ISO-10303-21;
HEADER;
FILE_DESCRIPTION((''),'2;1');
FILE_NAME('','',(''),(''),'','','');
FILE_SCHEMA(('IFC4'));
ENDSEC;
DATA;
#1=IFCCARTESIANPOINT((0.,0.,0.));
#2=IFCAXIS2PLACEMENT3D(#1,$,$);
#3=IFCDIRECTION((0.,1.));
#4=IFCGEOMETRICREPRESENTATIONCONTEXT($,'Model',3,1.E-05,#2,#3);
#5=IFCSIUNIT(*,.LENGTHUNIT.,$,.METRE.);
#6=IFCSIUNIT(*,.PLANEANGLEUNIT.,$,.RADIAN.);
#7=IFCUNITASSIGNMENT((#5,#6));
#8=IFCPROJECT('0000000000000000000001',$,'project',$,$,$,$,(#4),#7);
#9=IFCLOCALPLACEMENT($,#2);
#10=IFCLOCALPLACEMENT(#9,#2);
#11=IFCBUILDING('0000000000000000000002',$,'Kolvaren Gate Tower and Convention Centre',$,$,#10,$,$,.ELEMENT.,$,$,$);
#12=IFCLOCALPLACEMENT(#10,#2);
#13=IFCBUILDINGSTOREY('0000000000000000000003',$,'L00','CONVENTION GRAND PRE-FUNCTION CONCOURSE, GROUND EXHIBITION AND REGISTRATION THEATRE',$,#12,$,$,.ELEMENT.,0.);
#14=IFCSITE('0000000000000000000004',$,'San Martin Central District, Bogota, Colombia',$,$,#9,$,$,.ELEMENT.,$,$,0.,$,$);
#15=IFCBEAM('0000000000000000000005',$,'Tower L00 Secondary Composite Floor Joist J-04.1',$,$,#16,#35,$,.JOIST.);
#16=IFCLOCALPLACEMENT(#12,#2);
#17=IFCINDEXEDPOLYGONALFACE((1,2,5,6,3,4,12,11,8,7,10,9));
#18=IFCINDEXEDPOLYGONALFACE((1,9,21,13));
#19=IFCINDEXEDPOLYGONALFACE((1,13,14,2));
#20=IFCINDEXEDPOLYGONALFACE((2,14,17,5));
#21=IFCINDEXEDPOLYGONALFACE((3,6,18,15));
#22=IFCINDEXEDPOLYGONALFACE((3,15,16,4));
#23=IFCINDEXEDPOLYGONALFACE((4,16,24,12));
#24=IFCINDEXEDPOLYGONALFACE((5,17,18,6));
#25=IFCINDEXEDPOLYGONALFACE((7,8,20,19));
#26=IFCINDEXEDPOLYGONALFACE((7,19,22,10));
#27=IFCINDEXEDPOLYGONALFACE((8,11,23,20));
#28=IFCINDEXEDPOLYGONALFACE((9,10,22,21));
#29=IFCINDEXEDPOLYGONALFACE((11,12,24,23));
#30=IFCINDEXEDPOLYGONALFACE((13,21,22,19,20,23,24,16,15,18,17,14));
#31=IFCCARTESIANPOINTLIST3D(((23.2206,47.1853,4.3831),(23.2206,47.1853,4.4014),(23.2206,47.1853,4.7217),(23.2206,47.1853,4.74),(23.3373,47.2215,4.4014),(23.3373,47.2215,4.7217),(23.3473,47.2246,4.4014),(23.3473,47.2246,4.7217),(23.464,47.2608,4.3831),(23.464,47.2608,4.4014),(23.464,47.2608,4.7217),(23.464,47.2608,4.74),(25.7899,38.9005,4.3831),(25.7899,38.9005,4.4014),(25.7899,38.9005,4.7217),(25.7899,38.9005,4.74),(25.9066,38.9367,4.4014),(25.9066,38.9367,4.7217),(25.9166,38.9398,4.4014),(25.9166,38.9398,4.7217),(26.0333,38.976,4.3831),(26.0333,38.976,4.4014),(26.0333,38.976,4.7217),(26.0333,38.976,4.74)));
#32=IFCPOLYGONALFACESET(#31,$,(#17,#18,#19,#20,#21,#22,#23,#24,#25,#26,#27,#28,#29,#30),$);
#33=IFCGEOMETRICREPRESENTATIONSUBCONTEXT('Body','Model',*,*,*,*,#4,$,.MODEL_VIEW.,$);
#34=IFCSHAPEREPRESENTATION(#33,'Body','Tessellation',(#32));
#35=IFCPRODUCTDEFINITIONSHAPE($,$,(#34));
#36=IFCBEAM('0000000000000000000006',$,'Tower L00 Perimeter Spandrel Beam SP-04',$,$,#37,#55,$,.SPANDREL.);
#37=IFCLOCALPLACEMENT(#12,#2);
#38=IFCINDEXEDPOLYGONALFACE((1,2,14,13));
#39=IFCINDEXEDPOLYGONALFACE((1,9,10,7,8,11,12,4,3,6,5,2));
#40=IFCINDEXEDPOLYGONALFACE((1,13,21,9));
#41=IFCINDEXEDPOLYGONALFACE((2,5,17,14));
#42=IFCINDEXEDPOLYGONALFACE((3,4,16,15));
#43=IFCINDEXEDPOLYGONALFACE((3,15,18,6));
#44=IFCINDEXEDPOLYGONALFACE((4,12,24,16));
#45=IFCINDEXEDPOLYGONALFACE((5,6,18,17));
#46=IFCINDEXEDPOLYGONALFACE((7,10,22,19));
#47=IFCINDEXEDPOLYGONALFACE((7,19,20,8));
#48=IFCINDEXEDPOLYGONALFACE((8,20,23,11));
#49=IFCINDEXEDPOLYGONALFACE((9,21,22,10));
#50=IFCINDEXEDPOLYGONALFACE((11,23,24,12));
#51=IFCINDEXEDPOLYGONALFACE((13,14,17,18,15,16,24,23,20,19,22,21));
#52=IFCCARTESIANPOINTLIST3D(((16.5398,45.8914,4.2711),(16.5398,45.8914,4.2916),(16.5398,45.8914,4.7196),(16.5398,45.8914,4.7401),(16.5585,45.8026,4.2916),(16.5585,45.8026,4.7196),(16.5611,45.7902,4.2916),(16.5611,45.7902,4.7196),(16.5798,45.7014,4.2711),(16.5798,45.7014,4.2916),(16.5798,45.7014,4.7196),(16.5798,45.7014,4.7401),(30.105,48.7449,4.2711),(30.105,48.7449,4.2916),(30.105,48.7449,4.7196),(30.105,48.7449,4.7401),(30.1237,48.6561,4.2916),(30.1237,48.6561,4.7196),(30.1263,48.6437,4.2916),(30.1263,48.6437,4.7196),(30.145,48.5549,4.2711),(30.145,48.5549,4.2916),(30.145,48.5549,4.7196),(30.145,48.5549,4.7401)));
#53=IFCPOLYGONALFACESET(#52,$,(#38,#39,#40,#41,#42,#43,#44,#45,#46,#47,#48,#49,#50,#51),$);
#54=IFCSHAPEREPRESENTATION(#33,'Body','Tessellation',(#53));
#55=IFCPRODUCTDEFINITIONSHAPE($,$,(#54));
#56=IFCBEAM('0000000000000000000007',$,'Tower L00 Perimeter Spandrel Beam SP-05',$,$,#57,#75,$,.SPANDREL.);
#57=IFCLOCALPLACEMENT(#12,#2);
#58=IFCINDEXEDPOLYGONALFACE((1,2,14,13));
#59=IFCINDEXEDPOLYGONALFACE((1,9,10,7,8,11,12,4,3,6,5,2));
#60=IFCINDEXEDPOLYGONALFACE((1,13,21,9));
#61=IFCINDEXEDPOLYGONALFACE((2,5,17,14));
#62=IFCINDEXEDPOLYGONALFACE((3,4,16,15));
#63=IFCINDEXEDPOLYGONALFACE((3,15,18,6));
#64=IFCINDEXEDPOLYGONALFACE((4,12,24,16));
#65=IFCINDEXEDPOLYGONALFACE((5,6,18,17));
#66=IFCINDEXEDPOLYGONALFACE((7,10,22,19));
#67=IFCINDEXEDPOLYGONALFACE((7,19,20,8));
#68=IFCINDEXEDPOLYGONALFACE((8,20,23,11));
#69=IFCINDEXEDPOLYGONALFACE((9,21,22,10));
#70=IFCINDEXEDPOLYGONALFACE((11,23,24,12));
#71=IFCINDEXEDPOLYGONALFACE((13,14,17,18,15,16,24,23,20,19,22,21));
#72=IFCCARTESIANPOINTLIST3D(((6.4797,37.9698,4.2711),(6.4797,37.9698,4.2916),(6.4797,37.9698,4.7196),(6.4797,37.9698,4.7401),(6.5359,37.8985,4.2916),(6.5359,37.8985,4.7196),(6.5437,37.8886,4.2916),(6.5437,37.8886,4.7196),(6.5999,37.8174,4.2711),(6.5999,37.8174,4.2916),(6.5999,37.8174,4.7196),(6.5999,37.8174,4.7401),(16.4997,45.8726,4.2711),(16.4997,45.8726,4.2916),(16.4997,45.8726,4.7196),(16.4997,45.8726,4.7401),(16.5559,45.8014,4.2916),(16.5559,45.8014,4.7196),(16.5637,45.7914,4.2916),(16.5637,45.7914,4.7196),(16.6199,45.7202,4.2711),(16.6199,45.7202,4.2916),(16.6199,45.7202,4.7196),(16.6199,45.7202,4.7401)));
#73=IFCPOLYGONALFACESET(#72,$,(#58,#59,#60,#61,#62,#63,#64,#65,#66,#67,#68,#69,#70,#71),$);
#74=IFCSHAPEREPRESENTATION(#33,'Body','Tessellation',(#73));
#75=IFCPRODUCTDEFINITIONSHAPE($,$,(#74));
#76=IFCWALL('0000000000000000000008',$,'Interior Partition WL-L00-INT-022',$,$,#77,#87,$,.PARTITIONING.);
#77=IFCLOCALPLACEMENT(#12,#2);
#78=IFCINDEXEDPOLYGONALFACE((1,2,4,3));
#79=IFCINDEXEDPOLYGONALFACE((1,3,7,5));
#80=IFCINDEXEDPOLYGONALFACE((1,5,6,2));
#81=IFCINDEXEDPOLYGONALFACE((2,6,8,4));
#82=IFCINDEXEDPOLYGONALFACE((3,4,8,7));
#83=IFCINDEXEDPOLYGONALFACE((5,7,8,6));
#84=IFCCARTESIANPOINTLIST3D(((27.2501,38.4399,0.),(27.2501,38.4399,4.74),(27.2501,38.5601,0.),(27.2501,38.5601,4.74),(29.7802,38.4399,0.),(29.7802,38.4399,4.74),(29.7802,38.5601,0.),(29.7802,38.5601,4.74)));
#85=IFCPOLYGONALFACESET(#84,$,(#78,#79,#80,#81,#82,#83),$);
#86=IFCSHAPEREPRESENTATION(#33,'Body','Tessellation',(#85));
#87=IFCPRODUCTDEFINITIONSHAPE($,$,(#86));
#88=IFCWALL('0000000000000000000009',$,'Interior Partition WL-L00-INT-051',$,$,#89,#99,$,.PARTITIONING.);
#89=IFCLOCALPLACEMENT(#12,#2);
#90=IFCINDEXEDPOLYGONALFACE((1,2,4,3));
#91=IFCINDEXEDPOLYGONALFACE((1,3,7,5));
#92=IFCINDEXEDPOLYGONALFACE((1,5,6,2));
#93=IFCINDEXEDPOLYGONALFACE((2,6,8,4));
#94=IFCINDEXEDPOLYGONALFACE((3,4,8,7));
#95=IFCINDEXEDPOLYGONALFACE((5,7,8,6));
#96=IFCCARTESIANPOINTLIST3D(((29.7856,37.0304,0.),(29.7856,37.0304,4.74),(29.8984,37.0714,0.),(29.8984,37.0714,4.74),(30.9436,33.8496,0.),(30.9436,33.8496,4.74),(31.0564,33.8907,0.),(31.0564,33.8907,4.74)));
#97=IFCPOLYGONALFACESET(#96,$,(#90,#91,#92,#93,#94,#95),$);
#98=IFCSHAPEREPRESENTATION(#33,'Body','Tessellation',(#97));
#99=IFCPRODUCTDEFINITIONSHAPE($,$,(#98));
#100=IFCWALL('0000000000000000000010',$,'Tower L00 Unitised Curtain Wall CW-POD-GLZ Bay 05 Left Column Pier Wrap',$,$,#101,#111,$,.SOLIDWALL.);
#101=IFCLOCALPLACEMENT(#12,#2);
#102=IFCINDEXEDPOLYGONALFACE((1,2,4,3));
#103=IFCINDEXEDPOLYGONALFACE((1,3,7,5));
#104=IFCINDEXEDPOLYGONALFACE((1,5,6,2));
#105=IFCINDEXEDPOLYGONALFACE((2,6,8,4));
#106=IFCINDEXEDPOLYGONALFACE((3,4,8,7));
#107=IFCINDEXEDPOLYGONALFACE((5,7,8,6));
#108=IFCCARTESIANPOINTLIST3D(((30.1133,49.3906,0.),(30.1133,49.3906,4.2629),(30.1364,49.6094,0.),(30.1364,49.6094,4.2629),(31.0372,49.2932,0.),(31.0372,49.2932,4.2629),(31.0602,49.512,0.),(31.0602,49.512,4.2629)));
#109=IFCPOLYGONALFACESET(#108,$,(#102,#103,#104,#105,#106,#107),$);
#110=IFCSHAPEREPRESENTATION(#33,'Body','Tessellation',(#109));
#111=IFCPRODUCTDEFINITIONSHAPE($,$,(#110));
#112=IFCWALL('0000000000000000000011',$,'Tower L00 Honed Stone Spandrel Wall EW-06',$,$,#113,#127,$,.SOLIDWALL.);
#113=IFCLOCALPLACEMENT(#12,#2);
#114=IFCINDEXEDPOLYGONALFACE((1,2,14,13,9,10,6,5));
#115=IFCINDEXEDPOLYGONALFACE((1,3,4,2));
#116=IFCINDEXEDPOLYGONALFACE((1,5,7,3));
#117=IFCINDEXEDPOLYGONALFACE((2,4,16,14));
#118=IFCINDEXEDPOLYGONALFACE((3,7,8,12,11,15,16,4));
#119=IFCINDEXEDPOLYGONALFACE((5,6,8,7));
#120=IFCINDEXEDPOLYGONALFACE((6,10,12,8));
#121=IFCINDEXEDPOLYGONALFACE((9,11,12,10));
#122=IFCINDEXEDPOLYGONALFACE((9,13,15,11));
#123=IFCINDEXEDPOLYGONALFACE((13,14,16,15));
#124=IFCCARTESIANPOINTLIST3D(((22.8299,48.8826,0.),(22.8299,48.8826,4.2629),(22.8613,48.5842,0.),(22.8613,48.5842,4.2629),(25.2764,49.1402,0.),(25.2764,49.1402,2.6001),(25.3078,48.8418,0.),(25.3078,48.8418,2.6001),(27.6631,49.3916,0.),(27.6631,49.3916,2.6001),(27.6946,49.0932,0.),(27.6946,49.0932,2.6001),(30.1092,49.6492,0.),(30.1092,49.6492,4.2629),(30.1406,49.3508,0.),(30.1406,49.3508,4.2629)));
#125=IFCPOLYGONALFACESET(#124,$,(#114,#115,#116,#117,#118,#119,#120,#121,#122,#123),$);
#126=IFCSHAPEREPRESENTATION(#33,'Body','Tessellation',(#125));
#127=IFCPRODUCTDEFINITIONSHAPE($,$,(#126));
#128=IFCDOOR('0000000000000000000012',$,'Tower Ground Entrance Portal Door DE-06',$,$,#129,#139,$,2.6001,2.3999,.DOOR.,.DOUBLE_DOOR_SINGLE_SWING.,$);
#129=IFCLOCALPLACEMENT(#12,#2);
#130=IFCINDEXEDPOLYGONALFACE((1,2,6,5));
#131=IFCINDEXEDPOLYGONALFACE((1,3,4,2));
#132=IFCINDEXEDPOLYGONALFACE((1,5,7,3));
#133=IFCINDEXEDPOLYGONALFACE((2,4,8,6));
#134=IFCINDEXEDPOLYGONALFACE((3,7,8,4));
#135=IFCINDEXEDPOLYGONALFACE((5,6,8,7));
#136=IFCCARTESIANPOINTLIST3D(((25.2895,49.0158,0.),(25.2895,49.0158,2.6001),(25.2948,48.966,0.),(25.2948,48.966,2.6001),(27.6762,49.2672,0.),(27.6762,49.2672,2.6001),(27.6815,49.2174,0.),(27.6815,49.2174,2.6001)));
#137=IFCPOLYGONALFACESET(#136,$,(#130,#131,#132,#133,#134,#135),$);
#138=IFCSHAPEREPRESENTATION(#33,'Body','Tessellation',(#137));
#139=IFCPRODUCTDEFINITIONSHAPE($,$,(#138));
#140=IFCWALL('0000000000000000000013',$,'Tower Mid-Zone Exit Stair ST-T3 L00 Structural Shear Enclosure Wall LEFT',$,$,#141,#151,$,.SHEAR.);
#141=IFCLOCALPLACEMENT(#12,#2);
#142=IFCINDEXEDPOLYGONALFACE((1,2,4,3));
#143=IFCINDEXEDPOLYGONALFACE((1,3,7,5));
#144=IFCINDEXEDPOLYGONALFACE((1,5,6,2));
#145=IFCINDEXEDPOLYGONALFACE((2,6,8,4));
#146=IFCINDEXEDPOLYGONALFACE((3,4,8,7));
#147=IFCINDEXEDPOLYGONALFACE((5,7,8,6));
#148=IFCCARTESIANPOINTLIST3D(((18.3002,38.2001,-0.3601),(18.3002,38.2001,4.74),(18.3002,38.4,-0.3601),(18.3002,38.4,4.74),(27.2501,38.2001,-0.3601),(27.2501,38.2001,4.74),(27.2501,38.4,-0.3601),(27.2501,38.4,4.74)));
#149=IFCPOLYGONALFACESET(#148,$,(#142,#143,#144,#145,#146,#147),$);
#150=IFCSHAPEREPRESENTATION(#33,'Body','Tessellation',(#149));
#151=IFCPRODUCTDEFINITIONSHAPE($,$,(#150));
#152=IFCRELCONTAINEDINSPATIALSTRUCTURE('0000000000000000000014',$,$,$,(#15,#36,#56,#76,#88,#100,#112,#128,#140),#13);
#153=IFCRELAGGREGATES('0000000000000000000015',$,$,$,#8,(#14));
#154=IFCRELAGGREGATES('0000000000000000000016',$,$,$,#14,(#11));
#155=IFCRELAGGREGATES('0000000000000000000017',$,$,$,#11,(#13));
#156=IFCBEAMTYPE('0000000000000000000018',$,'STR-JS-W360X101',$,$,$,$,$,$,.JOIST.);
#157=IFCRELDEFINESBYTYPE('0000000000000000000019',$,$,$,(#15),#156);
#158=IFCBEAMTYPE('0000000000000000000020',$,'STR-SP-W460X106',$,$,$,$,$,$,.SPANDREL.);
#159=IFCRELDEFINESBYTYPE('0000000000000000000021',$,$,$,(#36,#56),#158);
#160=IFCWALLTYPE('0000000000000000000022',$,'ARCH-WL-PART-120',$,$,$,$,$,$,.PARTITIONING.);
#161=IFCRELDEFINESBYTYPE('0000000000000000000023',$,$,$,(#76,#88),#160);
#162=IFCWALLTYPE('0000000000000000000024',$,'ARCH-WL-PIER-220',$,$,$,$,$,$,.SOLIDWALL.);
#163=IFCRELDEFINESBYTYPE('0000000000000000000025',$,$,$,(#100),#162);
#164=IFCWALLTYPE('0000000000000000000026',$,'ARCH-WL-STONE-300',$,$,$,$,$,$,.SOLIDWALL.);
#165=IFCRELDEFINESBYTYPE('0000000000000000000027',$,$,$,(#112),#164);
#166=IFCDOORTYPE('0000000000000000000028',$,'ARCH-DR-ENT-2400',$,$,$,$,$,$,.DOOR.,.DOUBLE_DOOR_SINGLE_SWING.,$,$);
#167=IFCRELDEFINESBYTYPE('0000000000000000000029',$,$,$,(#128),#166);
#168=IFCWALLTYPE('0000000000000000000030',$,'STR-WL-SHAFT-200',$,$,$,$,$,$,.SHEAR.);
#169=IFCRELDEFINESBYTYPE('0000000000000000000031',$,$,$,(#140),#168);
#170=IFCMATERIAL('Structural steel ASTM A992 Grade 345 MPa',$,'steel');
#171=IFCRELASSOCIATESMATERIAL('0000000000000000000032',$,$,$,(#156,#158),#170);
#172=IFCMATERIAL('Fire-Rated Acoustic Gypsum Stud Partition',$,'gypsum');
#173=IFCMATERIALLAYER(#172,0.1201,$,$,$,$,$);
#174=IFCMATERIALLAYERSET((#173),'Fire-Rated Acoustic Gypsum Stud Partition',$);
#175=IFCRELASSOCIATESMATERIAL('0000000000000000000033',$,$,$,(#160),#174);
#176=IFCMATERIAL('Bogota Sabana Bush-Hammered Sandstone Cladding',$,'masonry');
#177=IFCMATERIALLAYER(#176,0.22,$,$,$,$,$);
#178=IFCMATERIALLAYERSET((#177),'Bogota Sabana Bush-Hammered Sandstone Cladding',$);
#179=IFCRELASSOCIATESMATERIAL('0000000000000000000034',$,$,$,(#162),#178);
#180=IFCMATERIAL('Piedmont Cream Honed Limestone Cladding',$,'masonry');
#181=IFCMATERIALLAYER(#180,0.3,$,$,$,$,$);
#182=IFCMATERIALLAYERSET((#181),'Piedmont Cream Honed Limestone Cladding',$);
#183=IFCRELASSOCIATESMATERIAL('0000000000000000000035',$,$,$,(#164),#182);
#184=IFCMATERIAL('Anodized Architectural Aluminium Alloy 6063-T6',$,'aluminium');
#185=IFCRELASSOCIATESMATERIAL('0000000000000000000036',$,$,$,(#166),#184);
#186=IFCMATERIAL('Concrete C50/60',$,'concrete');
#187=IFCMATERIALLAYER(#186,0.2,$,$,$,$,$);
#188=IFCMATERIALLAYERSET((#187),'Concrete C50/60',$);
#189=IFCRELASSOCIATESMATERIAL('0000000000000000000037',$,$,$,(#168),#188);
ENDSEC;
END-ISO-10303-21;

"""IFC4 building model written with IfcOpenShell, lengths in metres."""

from ifc_helpers import new_model, si_unit, direction, frame, frame_2d, origin, origin_2d, place, context, subcontext, project, spatial, rectangle, i_section, extrude, material, layer, layer_set, material_profile, profile_set, type_object, element, fill, save


model = new_model("IFC4")

# Units and contexts
model_context = context("Model", 3, precision=1e-05, world=origin(), true_north=direction((0.0, 1.0)))
body_context = subcontext(model_context, "Body", "Model", "MODEL_VIEW")
ifc_project = project(units=[si_unit("LENGTHUNIT", "METRE"), si_unit("PLANEANGLEUNIT", "RADIAN")], contexts=[model_context])

# Site, building, storey
site_placement = place(None, origin())
site = spatial("IfcSite", under=ifc_project, at=site_placement, Name="San Martin Central District, Bogota, Colombia", CompositionType="ELEMENT", RefElevation=0.0)
building_placement = place(site_placement, origin())
building = spatial("IfcBuilding", under=site, at=building_placement, Name="Kolvaren Gate Tower and Convention Centre", CompositionType="ELEMENT")
storey_placement = place(building_placement, origin())
storey = spatial("IfcBuildingStorey", under=building, at=storey_placement, Name="L00", Description="CONVENTION GRAND PRE-FUNCTION CONCOURSE, GROUND EXHIBITION AND REGISTRATION THEATRE", CompositionType="ELEMENT", Elevation=0.0)

# Shared definitions
ifc_material_1 = material(Name="Anodized Architectural Aluminium Alloy 6063-T6", Category="aluminium")

# Beams
ifc_material_2 = material(Name="Structural steel ASTM A992 Grade 345 MPa", Category="steel")
ifc_material_profile_1 = material_profile(ifc_material_2, i_section(OverallWidth=0.2549, OverallDepth=0.3569, WebThickness=0.0105, FlangeThickness=0.0183, at=origin_2d()), Name="W360X101")
ifc_profile_set_1 = profile_set([ifc_material_profile_1], Name="Structural steel ASTM A992 Grade 345 MPa")
beam_type_1 = type_object("IfcBeamType", Name="STR-JS-W360X101", PredefinedType="JOIST", material=ifc_profile_set_1)
beam_1_placement = place(storey_placement, frame((25.9116, 38.9382, 4.5615), z_axis=(-0.296205, 0.955124, 0.0), x_axis=(-0.955124, -0.296205, 0.0)))
element("IfcBeam", 1, at=beam_1_placement, inside=storey, type_object=beam_type_1, Name="Tower L00 Secondary Composite Floor Joist J-04.1", PredefinedType="JOIST", context=body_context, shape_type="SweptSolid", body=[
    extrude(i_section(OverallWidth=0.2549, OverallDepth=0.3569, WebThickness=0.0105, FlangeThickness=0.0183, at=origin_2d()), origin(), (0.0, 0.0, 1.0), 8.6741),
])
ifc_material_profile_2 = material_profile(ifc_material_2, i_section(OverallWidth=0.1941, OverallDepth=0.469, WebThickness=0.0127, FlangeThickness=0.0205, at=origin_2d()), Name="W460X106")
ifc_profile_set_2 = profile_set([ifc_material_profile_2], Name="Structural steel ASTM A992 Grade 345 MPa")
beam_type_2 = type_object("IfcBeamType", Name="STR-SP-W460X106", PredefinedType="SPANDREL", material=ifc_profile_set_2)
beam_2_placement = place(storey_placement, frame((30.125, 48.6499, 4.5056), z_axis=(-0.978583, -0.205851, 0.0), x_axis=(0.205851, -0.978583, 0.0)))
element("IfcBeam", 2, at=beam_2_placement, inside=storey, type_object=beam_type_2, Name="Tower L00 Perimeter Spandrel Beam SP-04", PredefinedType="SPANDREL", context=body_context, shape_type="SweptSolid", body=[
    extrude(i_section(OverallWidth=0.1941, OverallDepth=0.469, WebThickness=0.0127, FlangeThickness=0.0205, at=origin_2d()), origin(), (0.0, 0.0, 1.0), 13.8621),
])
beam_3_placement = place(storey_placement, frame((16.5598, 45.7964, 4.5056), z_axis=(-0.785176, -0.619272, 0.0), x_axis=(0.619272, -0.785176, 0.0)))
element("IfcBeam", 3, at=beam_3_placement, inside=storey, type_object=beam_type_2, Name="Tower L00 Perimeter Spandrel Beam SP-05", PredefinedType="SPANDREL", context=body_context, shape_type="SweptSolid", body=[
    extrude(i_section(OverallWidth=0.1941, OverallDepth=0.469, WebThickness=0.0127, FlangeThickness=0.0205, at=origin_2d()), origin(), (0.0, 0.0, 1.0), 12.7615),
])

# Walls
ifc_material_3 = material(Name="Fire-Rated Acoustic Gypsum Stud Partition", Category="gypsum")
ifc_layer_1 = layer(ifc_material_3, 0.1201)
ifc_layer_set_1 = layer_set([ifc_layer_1], Name="Fire-Rated Acoustic Gypsum Stud Partition")
wall_type_1 = type_object("IfcWallType", Name="ARCH-WL-PART-120", PredefinedType="PARTITIONING", material=ifc_layer_set_1)
wall_1_placement = place(storey_placement, frame((27.25, 38.5, 0.0), z_axis=(0.0, 0.0, 1.0), x_axis=(1.0, 0.0, 0.0)))
element("IfcWall", 4, at=wall_1_placement, inside=storey, type_object=wall_type_1, Name="Interior Partition WL-L00-INT-022", PredefinedType="PARTITIONING", context=body_context, shape_type="SweptSolid", body=[
    extrude(rectangle(XDim=2.53, YDim=0.1201, at=frame_2d((1.2651, 0.0))), origin(), (0.0, 0.0, 1.0), 4.74),
])
wall_2_placement = place(storey_placement, frame((29.842, 37.0508, 0.0), z_axis=(0.0, 0.0, 1.0), x_axis=(0.342096, -0.939665, 0.0)))
element("IfcWall", 5, at=wall_2_placement, inside=storey, type_object=wall_type_1, Name="Interior Partition WL-L00-INT-051", PredefinedType="PARTITIONING", context=body_context, shape_type="SweptSolid", body=[
    extrude(rectangle(XDim=3.385, YDim=0.1201, at=frame_2d((1.6924, 0.0))), origin(), (0.0, 0.0, 1.0), 4.74),
])
ifc_material_4 = material(Name="Bogota Sabana Bush-Hammered Sandstone Cladding", Category="masonry")
ifc_layer_2 = layer(ifc_material_4, 0.22)
ifc_layer_set_2 = layer_set([ifc_layer_2], Name="Bogota Sabana Bush-Hammered Sandstone Cladding")
wall_type_2 = type_object("IfcWallType", Name="ARCH-WL-PIER-220", PredefinedType="SOLIDWALL", material=ifc_layer_set_2)
wall_3_placement = place(storey_placement, frame((30.125, 49.5, 0.0), z_axis=(0.0, 0.0, 1.0), x_axis=(0.994487, -0.104863, 0.0)))
element("IfcWall", 6, at=wall_3_placement, inside=storey, type_object=wall_type_2, Name="Tower L00 Unitised Curtain Wall CW-POD-GLZ Bay 05 Left Column Pier Wrap", PredefinedType="SOLIDWALL", context=body_context, shape_type="SweptSolid", body=[
    extrude(rectangle(XDim=0.929, YDim=0.22, at=frame_2d((0.4644, 0.0))), origin(), (0.0, 0.0, 1.0), 4.2629),
])

# Wall, opening, door
ifc_material_5 = material(Name="Piedmont Cream Honed Limestone Cladding", Category="masonry")
ifc_layer_3 = layer(ifc_material_5, 0.3)
ifc_layer_set_3 = layer_set([ifc_layer_3], Name="Piedmont Cream Honed Limestone Cladding")
wall_type_3 = type_object("IfcWallType", Name="ARCH-WL-STONE-300", PredefinedType="SOLIDWALL", material=ifc_layer_set_3)
wall_4_placement = place(storey_placement, frame((22.8457, 48.7334, 0.0), z_axis=(0.0, 0.0, 1.0), x_axis=(0.9945, 0.104733, 0.0)))
wall_4 = element("IfcWall", 7, at=wall_4_placement, inside=storey, type_object=wall_type_3, Name="Tower L00 Honed Stone Spandrel Wall EW-06", PredefinedType="SOLIDWALL", context=body_context, shape_type="SweptSolid", body=[
    extrude(rectangle(XDim=7.3196, YDim=0.3, at=frame_2d((3.6597, 0.0))), origin(), (0.0, 0.0, 1.0), 4.2629),
])
opening_placement = place(wall_4_placement, frame((2.46, 0.0, 0.0)))
opening = element("IfcOpeningElement", 8, at=opening_placement, cuts=wall_4, PredefinedType="OPENING", context=body_context, shape_type="SweptSolid", body=[
    extrude(rectangle(XDim=2.3999, YDim=2.6001, at=frame_2d((1.2, 1.3))), frame((0.0, 0.1599, 0.0), z_axis=(0.0, -1.0, 0.0), x_axis=(1.0, 0.0, 0.0)), (0.0, 0.0, 1.0), 0.3201),
])
door_type = type_object("IfcDoorType", Name="ARCH-DR-ENT-2400", OperationType="DOUBLE_DOOR_SINGLE_SWING", PredefinedType="DOOR", material=ifc_material_1)
door_placement = place(opening_placement, origin())
door = element("IfcDoor", 9, at=door_placement, inside=storey, type_object=door_type, Name="Tower Ground Entrance Portal Door DE-06", OperationType="DOUBLE_DOOR_SINGLE_SWING", OverallHeight=2.6001, OverallWidth=2.3999, PredefinedType="DOOR", context=body_context, shape_type="SweptSolid", body=[
    extrude(rectangle(XDim=2.3999, YDim=2.6001, at=frame_2d((1.2, 1.3))), frame((0.0, 0.0249, 0.0), z_axis=(0.0, -1.0, 0.0), x_axis=(1.0, 0.0, 0.0)), (0.0, 0.0, 1.0), 0.05),
])
fill(opening, door)

# Wall
ifc_material_6 = material(Name="Concrete C50/60", Category="concrete")
ifc_layer_4 = layer(ifc_material_6, 0.2)
ifc_layer_set_4 = layer_set([ifc_layer_4], Name="Concrete C50/60")
wall_type_4 = type_object("IfcWallType", Name="STR-WL-SHAFT-200", PredefinedType="SHEAR", material=ifc_layer_set_4)
wall_5_placement = place(storey_placement, frame((18.3, 38.3, -0.3601), z_axis=(0.0, 0.0, 1.0), x_axis=(1.0, 0.0, 0.0)))
element("IfcWall", 10, at=wall_5_placement, inside=storey, type_object=wall_type_4, Name="Tower Mid-Zone Exit Stair ST-T3 L00 Structural Shear Enclosure Wall LEFT", PredefinedType="SHEAR", context=body_context, shape_type="SweptSolid", body=[
    extrude(rectangle(XDim=8.95, YDim=0.2, at=frame_2d((4.4751, 0.0))), origin(), (0.0, 0.0, 1.0), 5.1001),
])

save(model, "model.ifc")
